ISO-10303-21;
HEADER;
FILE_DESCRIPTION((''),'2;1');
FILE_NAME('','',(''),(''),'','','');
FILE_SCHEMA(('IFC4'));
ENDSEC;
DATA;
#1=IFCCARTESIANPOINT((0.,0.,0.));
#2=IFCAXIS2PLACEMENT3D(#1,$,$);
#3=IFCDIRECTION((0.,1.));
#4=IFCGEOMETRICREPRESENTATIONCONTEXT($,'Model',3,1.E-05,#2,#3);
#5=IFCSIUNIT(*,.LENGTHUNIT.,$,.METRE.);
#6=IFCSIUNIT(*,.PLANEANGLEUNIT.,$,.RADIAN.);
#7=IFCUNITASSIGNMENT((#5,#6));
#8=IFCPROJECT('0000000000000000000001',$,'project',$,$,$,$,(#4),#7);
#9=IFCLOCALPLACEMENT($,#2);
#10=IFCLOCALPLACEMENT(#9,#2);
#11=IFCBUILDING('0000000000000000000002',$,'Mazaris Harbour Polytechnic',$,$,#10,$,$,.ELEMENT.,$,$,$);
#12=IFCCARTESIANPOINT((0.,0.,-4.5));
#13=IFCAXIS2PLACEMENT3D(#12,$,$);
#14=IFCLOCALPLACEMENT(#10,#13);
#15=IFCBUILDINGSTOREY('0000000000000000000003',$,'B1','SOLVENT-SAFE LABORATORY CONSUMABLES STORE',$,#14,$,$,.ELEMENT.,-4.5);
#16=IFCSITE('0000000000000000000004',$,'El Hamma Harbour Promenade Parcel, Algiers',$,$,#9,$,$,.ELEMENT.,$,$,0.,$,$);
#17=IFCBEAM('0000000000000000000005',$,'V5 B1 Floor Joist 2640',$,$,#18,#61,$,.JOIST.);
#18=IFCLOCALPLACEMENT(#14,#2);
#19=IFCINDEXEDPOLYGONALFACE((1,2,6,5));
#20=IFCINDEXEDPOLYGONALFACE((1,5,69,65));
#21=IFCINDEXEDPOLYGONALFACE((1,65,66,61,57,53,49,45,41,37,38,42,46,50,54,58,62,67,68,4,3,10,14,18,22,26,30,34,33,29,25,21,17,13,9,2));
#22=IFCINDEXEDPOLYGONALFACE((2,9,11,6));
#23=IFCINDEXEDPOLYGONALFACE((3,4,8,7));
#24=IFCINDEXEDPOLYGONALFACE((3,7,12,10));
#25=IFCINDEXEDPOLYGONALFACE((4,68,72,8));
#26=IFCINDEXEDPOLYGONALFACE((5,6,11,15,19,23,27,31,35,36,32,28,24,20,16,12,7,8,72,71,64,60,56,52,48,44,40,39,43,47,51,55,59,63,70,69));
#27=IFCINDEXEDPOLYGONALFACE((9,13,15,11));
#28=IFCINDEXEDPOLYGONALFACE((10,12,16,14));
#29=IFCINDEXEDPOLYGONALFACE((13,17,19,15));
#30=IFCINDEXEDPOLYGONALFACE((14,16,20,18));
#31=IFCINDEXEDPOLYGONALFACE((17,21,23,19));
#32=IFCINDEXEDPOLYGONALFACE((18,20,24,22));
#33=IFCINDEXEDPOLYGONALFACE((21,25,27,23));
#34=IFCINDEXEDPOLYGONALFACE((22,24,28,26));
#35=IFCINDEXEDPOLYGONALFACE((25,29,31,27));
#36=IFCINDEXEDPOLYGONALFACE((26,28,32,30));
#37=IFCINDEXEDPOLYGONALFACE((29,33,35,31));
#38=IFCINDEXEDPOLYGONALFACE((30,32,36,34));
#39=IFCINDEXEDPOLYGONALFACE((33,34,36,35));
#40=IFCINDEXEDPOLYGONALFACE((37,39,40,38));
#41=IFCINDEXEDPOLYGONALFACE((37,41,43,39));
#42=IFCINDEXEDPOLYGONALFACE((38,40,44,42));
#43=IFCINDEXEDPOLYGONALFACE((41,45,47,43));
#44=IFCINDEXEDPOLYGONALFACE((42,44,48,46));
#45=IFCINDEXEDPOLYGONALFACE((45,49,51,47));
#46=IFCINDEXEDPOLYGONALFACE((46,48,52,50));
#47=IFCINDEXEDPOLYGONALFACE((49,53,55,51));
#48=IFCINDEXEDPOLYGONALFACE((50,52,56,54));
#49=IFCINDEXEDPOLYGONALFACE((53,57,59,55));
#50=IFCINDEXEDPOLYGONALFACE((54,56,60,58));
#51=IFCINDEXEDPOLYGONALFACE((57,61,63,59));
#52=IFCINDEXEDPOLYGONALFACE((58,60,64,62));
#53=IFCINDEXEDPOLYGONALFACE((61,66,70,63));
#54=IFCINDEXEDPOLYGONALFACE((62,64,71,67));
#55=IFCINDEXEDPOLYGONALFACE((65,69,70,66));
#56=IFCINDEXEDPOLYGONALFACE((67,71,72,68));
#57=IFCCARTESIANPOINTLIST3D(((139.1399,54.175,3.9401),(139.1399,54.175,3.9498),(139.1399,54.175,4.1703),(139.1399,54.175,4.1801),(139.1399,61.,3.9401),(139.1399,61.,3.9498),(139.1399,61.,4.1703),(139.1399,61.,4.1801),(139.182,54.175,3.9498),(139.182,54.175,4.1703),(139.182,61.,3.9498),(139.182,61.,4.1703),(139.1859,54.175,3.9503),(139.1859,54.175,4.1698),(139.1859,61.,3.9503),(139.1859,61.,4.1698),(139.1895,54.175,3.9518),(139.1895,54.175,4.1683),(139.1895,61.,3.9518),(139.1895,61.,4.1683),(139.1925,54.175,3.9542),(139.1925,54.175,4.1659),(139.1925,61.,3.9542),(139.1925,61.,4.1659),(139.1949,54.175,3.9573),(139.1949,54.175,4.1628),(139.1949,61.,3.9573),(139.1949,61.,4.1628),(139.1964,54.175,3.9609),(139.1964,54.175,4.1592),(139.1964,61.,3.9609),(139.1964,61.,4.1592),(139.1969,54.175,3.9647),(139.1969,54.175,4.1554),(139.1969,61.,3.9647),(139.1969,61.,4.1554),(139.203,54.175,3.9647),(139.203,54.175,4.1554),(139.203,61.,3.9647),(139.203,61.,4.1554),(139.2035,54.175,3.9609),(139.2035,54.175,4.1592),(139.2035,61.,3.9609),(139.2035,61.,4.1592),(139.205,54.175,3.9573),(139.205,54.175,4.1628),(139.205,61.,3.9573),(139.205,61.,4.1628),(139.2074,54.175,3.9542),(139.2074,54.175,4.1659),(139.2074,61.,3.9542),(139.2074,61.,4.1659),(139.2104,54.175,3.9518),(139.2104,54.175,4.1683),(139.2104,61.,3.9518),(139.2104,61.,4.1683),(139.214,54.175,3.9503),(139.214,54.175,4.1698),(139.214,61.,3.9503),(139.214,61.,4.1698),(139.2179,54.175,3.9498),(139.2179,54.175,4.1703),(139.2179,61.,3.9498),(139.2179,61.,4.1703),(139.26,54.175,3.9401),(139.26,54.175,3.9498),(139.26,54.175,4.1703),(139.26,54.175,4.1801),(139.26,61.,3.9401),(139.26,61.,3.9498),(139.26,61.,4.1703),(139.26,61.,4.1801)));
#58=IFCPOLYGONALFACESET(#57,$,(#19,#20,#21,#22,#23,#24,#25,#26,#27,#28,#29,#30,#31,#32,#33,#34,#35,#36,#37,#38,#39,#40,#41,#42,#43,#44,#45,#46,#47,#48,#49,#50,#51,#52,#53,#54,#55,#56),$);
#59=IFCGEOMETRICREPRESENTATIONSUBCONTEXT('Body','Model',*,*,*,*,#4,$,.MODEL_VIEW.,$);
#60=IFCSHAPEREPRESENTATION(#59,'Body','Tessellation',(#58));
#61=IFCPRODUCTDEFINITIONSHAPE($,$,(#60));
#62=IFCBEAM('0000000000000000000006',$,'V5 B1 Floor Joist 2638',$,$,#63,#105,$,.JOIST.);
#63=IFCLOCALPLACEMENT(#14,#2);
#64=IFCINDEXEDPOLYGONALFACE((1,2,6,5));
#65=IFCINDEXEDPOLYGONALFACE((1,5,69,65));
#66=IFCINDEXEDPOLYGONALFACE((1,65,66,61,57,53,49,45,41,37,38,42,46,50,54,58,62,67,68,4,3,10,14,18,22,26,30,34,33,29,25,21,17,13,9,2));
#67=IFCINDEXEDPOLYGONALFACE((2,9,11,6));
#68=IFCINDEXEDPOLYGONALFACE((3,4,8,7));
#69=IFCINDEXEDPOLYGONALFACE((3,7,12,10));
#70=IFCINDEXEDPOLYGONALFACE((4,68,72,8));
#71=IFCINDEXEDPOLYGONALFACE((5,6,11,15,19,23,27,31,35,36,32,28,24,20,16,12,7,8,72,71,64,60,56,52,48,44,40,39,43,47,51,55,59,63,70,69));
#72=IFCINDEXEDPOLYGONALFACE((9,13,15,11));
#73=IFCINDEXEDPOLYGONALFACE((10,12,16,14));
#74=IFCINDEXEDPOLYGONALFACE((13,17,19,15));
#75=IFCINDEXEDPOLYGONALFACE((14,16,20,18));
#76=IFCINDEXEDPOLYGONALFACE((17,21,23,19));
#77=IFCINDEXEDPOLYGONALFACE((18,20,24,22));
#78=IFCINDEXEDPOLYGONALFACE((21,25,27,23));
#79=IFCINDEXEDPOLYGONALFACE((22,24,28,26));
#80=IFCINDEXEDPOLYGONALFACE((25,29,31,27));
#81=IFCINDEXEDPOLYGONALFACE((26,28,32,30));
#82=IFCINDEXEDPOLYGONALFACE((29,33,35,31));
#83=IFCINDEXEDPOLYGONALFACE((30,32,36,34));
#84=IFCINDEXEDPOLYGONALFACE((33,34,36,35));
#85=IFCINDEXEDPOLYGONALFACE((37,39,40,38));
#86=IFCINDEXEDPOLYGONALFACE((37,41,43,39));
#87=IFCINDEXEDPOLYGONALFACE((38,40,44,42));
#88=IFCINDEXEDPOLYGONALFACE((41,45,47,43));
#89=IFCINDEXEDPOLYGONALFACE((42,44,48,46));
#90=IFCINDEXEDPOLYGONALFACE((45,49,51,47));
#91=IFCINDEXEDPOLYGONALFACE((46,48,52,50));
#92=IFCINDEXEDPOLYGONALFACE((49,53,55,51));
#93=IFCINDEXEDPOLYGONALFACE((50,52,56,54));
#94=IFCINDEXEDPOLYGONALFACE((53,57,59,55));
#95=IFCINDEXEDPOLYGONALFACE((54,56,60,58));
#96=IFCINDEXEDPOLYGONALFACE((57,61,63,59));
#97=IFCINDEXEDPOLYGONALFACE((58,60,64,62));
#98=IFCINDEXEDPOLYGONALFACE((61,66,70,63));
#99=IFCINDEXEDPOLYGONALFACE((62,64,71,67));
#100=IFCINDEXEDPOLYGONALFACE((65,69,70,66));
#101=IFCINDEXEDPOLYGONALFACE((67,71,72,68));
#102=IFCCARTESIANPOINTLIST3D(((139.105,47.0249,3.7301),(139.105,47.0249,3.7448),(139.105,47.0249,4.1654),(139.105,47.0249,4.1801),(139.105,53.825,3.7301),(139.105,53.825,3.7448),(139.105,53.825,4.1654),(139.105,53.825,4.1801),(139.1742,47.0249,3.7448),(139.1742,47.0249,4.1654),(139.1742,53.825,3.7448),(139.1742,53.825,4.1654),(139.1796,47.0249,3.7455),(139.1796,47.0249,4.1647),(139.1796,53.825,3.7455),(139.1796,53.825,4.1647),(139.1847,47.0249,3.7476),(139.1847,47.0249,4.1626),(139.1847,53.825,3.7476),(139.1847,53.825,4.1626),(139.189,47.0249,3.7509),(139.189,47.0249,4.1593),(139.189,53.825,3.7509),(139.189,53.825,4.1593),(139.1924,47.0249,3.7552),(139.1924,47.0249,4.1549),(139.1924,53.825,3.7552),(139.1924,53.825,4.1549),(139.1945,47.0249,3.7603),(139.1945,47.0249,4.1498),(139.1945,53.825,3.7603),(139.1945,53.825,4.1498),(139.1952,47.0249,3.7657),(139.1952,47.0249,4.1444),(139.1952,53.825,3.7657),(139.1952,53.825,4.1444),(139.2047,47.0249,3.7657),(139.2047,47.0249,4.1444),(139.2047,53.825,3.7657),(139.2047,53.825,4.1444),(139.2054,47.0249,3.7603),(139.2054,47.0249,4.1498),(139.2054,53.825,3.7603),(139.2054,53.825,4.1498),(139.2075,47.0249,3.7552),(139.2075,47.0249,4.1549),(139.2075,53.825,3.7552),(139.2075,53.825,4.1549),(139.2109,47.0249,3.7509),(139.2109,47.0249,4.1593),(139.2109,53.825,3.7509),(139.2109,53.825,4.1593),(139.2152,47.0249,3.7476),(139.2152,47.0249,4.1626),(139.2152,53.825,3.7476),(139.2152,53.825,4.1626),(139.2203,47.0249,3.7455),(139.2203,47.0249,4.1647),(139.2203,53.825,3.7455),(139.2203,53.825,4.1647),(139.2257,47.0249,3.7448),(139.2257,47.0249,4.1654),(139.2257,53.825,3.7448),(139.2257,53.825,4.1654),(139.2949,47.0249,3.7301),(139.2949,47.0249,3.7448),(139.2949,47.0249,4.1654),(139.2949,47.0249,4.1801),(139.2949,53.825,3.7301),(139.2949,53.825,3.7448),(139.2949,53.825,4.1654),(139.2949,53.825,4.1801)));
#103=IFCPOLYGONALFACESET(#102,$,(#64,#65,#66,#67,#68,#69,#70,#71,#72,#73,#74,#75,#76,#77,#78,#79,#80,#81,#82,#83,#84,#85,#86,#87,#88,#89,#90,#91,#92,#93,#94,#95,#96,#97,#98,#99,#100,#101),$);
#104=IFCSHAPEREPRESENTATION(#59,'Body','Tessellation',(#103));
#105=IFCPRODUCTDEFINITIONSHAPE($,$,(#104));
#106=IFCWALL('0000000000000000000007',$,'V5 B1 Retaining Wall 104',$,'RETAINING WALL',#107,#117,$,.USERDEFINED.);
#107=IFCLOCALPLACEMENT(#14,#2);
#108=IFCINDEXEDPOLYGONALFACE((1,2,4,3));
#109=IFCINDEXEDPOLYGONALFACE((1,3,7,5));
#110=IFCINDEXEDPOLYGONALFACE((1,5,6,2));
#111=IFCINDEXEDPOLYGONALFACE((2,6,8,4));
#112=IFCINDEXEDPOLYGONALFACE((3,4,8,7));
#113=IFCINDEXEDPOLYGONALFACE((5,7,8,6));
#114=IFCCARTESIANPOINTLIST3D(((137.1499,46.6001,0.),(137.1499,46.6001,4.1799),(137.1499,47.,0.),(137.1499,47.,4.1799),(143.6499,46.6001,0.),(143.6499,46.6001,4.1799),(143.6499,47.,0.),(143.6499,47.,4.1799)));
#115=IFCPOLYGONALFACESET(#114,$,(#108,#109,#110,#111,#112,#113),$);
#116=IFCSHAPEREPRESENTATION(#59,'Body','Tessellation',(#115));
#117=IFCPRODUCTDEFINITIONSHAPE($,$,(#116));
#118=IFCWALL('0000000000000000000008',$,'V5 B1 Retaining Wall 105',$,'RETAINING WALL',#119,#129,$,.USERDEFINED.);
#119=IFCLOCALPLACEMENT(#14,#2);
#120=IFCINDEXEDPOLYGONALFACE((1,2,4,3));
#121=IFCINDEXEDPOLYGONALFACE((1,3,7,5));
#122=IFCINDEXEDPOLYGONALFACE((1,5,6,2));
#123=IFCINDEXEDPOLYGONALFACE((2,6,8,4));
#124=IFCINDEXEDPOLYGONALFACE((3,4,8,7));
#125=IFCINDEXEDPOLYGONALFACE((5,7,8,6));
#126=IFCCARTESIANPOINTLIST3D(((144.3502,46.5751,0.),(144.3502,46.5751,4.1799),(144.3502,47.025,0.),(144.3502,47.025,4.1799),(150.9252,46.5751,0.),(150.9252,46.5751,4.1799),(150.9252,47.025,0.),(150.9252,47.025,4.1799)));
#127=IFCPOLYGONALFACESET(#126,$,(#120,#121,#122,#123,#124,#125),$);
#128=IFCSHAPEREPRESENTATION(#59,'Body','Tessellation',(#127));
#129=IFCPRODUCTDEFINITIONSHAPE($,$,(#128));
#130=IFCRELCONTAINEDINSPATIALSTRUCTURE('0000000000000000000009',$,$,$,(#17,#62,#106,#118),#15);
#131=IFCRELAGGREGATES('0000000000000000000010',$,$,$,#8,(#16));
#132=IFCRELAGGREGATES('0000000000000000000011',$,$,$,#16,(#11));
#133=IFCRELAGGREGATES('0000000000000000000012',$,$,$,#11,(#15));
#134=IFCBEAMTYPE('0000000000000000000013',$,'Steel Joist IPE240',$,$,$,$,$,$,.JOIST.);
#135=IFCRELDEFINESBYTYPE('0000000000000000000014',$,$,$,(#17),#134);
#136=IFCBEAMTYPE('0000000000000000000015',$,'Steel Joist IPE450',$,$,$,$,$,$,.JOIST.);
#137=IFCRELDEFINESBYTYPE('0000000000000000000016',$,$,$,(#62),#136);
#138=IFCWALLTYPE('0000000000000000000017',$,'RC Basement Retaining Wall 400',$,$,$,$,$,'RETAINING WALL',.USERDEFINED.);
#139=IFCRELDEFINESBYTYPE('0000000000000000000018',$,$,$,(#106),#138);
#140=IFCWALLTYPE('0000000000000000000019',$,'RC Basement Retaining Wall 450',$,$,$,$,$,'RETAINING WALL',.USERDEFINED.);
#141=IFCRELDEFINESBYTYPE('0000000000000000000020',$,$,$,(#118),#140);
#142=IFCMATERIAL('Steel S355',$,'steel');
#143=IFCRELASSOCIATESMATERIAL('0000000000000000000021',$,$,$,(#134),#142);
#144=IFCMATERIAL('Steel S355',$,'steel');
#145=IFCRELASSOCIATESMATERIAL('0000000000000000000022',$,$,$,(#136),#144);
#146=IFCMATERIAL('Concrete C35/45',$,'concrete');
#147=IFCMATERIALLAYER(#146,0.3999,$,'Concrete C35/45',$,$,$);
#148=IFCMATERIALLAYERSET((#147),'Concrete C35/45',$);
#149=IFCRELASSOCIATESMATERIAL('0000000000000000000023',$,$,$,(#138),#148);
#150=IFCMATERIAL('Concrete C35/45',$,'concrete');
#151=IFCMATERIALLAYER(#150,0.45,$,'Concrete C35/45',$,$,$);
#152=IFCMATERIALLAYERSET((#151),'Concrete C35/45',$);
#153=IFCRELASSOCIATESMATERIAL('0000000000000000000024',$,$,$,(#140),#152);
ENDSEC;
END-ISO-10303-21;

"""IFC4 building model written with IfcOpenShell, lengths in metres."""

from ifc_helpers import new_model, si_unit, direction, frame, frame_2d, origin, origin_2d, place, context, subcontext, project, spatial, rectangle, i_section, extrude, material, layer, layer_set, material_profile, profile_set, type_object, element, save


model = new_model("IFC4")

# Units and contexts
model_context = context("Model", 3, precision=1e-05, world=origin(), true_north=direction((0.0, 1.0)))
body_context = subcontext(model_context, "Body", "Model", "MODEL_VIEW")
ifc_project = project(units=[si_unit("LENGTHUNIT", "METRE"), si_unit("PLANEANGLEUNIT", "RADIAN")], contexts=[model_context])

# Site, building, storey
site_placement = place(None, origin())
site = spatial("IfcSite", under=ifc_project, at=site_placement, Name="El Hamma Harbour Promenade Parcel, Algiers", CompositionType="ELEMENT", RefElevation=0.0)
building_placement = place(site_placement, origin())
building = spatial("IfcBuilding", under=site, at=building_placement, Name="Mazaris Harbour Polytechnic", CompositionType="ELEMENT")
storey_placement = place(building_placement, frame((0.0, 0.0, -4.5)))
storey = spatial("IfcBuildingStorey", under=building, at=storey_placement, Name="B1", Description="SOLVENT-SAFE LABORATORY CONSUMABLES STORE", CompositionType="ELEMENT", Elevation=-4.5)

# Beams
ifc_material_1 = material(Name="Steel S355", Category="steel")
ifc_material_profile_1 = material_profile(ifc_material_1, i_section(OverallWidth=0.1201, OverallDepth=0.24, WebThickness=0.0061, FlangeThickness=0.0098, FilletRadius=0.0149, at=origin_2d()), Name="IPE 240")
ifc_profile_set_1 = profile_set([ifc_material_profile_1], Name="Steel S355")
beam_type_1 = type_object("IfcBeamType", Name="Steel Joist IPE240", PredefinedType="JOIST", material=ifc_profile_set_1)
beam_1_placement = place(storey_placement, frame((139.2, 54.175, 4.0601), z_axis=(0.0, 1.0, 0.0), x_axis=(-1.0, 0.0, 0.0)))
element("IfcBeam", 1, at=beam_1_placement, inside=storey, type_object=beam_type_1, Name="V5 B1 Floor Joist 2640", PredefinedType="JOIST", context=body_context, shape_type="SweptSolid", body=[
    extrude(i_section(OverallWidth=0.1201, OverallDepth=0.24, WebThickness=0.0061, FlangeThickness=0.0098, FilletRadius=0.0149, at=origin_2d()), origin(), (0.0, 0.0, 1.0), 6.825),
])
ifc_material_2 = material(Name="Steel S355", Category="steel")
ifc_material_profile_2 = material_profile(ifc_material_2, i_section(OverallWidth=0.1899, OverallDepth=0.45, WebThickness=0.0095, FlangeThickness=0.0146, FilletRadius=0.021, at=origin_2d()), Name="IPE 450")
ifc_profile_set_2 = profile_set([ifc_material_profile_2], Name="Steel S355")
beam_type_2 = type_object("IfcBeamType", Name="Steel Joist IPE450", PredefinedType="JOIST", material=ifc_profile_set_2)
beam_2_placement = place(storey_placement, frame((139.2, 47.0249, 3.9551), z_axis=(0.0, 1.0, 0.0), x_axis=(-1.0, 0.0, 0.0)))
element("IfcBeam", 2, at=beam_2_placement, inside=storey, type_object=beam_type_2, Name="V5 B1 Floor Joist 2638", PredefinedType="JOIST", context=body_context, shape_type="SweptSolid", body=[
    extrude(i_section(OverallWidth=0.1899, OverallDepth=0.45, WebThickness=0.0095, FlangeThickness=0.0146, FilletRadius=0.021, at=origin_2d()), origin(), (0.0, 0.0, 1.0), 6.8),
])

# Walls
ifc_material_3 = material(Name="Concrete C35/45", Category="concrete")
ifc_layer_1 = layer(ifc_material_3, 0.3999, Name="Concrete C35/45")
ifc_layer_set_1 = layer_set([ifc_layer_1], Name="Concrete C35/45")
wall_type_1 = type_object("IfcWallType", Name="RC Basement Retaining Wall 400", ElementType="RETAINING WALL", PredefinedType="USERDEFINED", material=ifc_layer_set_1)
wall_1_placement = place(storey_placement, frame((137.1499, 46.8, 0.0), z_axis=(0.0, 0.0, 1.0), x_axis=(1.0, 0.0, 0.0)))
element("IfcWall", 3, at=wall_1_placement, inside=storey, type_object=wall_type_1, Name="V5 B1 Retaining Wall 104", ObjectType="RETAINING WALL", PredefinedType="USERDEFINED", context=body_context, shape_type="SweptSolid", body=[
    extrude(rectangle(XDim=6.5, YDim=0.3999, at=frame_2d((3.25, 0.0))), origin(), (0.0, 0.0, 1.0), 4.1799),
])
ifc_material_4 = material(Name="Concrete C35/45", Category="concrete")
ifc_layer_2 = layer(ifc_material_4, 0.45, Name="Concrete C35/45")
ifc_layer_set_2 = layer_set([ifc_layer_2], Name="Concrete C35/45")
wall_type_2 = type_object("IfcWallType", Name="RC Basement Retaining Wall 450", ElementType="RETAINING WALL", PredefinedType="USERDEFINED", material=ifc_layer_set_2)
wall_2_placement = place(storey_placement, frame((144.3501, 46.8, 0.0), z_axis=(0.0, 0.0, 1.0), x_axis=(1.0, 0.0, 0.0)))
element("IfcWall", 4, at=wall_2_placement, inside=storey, type_object=wall_type_2, Name="V5 B1 Retaining Wall 105", ObjectType="RETAINING WALL", PredefinedType="USERDEFINED", context=body_context, shape_type="SweptSolid", body=[
    extrude(rectangle(XDim=6.575, YDim=0.45, at=frame_2d((3.2876, 0.0))), origin(), (0.0, 0.0, 1.0), 4.1799),
])

save(model, "model.ifc")
